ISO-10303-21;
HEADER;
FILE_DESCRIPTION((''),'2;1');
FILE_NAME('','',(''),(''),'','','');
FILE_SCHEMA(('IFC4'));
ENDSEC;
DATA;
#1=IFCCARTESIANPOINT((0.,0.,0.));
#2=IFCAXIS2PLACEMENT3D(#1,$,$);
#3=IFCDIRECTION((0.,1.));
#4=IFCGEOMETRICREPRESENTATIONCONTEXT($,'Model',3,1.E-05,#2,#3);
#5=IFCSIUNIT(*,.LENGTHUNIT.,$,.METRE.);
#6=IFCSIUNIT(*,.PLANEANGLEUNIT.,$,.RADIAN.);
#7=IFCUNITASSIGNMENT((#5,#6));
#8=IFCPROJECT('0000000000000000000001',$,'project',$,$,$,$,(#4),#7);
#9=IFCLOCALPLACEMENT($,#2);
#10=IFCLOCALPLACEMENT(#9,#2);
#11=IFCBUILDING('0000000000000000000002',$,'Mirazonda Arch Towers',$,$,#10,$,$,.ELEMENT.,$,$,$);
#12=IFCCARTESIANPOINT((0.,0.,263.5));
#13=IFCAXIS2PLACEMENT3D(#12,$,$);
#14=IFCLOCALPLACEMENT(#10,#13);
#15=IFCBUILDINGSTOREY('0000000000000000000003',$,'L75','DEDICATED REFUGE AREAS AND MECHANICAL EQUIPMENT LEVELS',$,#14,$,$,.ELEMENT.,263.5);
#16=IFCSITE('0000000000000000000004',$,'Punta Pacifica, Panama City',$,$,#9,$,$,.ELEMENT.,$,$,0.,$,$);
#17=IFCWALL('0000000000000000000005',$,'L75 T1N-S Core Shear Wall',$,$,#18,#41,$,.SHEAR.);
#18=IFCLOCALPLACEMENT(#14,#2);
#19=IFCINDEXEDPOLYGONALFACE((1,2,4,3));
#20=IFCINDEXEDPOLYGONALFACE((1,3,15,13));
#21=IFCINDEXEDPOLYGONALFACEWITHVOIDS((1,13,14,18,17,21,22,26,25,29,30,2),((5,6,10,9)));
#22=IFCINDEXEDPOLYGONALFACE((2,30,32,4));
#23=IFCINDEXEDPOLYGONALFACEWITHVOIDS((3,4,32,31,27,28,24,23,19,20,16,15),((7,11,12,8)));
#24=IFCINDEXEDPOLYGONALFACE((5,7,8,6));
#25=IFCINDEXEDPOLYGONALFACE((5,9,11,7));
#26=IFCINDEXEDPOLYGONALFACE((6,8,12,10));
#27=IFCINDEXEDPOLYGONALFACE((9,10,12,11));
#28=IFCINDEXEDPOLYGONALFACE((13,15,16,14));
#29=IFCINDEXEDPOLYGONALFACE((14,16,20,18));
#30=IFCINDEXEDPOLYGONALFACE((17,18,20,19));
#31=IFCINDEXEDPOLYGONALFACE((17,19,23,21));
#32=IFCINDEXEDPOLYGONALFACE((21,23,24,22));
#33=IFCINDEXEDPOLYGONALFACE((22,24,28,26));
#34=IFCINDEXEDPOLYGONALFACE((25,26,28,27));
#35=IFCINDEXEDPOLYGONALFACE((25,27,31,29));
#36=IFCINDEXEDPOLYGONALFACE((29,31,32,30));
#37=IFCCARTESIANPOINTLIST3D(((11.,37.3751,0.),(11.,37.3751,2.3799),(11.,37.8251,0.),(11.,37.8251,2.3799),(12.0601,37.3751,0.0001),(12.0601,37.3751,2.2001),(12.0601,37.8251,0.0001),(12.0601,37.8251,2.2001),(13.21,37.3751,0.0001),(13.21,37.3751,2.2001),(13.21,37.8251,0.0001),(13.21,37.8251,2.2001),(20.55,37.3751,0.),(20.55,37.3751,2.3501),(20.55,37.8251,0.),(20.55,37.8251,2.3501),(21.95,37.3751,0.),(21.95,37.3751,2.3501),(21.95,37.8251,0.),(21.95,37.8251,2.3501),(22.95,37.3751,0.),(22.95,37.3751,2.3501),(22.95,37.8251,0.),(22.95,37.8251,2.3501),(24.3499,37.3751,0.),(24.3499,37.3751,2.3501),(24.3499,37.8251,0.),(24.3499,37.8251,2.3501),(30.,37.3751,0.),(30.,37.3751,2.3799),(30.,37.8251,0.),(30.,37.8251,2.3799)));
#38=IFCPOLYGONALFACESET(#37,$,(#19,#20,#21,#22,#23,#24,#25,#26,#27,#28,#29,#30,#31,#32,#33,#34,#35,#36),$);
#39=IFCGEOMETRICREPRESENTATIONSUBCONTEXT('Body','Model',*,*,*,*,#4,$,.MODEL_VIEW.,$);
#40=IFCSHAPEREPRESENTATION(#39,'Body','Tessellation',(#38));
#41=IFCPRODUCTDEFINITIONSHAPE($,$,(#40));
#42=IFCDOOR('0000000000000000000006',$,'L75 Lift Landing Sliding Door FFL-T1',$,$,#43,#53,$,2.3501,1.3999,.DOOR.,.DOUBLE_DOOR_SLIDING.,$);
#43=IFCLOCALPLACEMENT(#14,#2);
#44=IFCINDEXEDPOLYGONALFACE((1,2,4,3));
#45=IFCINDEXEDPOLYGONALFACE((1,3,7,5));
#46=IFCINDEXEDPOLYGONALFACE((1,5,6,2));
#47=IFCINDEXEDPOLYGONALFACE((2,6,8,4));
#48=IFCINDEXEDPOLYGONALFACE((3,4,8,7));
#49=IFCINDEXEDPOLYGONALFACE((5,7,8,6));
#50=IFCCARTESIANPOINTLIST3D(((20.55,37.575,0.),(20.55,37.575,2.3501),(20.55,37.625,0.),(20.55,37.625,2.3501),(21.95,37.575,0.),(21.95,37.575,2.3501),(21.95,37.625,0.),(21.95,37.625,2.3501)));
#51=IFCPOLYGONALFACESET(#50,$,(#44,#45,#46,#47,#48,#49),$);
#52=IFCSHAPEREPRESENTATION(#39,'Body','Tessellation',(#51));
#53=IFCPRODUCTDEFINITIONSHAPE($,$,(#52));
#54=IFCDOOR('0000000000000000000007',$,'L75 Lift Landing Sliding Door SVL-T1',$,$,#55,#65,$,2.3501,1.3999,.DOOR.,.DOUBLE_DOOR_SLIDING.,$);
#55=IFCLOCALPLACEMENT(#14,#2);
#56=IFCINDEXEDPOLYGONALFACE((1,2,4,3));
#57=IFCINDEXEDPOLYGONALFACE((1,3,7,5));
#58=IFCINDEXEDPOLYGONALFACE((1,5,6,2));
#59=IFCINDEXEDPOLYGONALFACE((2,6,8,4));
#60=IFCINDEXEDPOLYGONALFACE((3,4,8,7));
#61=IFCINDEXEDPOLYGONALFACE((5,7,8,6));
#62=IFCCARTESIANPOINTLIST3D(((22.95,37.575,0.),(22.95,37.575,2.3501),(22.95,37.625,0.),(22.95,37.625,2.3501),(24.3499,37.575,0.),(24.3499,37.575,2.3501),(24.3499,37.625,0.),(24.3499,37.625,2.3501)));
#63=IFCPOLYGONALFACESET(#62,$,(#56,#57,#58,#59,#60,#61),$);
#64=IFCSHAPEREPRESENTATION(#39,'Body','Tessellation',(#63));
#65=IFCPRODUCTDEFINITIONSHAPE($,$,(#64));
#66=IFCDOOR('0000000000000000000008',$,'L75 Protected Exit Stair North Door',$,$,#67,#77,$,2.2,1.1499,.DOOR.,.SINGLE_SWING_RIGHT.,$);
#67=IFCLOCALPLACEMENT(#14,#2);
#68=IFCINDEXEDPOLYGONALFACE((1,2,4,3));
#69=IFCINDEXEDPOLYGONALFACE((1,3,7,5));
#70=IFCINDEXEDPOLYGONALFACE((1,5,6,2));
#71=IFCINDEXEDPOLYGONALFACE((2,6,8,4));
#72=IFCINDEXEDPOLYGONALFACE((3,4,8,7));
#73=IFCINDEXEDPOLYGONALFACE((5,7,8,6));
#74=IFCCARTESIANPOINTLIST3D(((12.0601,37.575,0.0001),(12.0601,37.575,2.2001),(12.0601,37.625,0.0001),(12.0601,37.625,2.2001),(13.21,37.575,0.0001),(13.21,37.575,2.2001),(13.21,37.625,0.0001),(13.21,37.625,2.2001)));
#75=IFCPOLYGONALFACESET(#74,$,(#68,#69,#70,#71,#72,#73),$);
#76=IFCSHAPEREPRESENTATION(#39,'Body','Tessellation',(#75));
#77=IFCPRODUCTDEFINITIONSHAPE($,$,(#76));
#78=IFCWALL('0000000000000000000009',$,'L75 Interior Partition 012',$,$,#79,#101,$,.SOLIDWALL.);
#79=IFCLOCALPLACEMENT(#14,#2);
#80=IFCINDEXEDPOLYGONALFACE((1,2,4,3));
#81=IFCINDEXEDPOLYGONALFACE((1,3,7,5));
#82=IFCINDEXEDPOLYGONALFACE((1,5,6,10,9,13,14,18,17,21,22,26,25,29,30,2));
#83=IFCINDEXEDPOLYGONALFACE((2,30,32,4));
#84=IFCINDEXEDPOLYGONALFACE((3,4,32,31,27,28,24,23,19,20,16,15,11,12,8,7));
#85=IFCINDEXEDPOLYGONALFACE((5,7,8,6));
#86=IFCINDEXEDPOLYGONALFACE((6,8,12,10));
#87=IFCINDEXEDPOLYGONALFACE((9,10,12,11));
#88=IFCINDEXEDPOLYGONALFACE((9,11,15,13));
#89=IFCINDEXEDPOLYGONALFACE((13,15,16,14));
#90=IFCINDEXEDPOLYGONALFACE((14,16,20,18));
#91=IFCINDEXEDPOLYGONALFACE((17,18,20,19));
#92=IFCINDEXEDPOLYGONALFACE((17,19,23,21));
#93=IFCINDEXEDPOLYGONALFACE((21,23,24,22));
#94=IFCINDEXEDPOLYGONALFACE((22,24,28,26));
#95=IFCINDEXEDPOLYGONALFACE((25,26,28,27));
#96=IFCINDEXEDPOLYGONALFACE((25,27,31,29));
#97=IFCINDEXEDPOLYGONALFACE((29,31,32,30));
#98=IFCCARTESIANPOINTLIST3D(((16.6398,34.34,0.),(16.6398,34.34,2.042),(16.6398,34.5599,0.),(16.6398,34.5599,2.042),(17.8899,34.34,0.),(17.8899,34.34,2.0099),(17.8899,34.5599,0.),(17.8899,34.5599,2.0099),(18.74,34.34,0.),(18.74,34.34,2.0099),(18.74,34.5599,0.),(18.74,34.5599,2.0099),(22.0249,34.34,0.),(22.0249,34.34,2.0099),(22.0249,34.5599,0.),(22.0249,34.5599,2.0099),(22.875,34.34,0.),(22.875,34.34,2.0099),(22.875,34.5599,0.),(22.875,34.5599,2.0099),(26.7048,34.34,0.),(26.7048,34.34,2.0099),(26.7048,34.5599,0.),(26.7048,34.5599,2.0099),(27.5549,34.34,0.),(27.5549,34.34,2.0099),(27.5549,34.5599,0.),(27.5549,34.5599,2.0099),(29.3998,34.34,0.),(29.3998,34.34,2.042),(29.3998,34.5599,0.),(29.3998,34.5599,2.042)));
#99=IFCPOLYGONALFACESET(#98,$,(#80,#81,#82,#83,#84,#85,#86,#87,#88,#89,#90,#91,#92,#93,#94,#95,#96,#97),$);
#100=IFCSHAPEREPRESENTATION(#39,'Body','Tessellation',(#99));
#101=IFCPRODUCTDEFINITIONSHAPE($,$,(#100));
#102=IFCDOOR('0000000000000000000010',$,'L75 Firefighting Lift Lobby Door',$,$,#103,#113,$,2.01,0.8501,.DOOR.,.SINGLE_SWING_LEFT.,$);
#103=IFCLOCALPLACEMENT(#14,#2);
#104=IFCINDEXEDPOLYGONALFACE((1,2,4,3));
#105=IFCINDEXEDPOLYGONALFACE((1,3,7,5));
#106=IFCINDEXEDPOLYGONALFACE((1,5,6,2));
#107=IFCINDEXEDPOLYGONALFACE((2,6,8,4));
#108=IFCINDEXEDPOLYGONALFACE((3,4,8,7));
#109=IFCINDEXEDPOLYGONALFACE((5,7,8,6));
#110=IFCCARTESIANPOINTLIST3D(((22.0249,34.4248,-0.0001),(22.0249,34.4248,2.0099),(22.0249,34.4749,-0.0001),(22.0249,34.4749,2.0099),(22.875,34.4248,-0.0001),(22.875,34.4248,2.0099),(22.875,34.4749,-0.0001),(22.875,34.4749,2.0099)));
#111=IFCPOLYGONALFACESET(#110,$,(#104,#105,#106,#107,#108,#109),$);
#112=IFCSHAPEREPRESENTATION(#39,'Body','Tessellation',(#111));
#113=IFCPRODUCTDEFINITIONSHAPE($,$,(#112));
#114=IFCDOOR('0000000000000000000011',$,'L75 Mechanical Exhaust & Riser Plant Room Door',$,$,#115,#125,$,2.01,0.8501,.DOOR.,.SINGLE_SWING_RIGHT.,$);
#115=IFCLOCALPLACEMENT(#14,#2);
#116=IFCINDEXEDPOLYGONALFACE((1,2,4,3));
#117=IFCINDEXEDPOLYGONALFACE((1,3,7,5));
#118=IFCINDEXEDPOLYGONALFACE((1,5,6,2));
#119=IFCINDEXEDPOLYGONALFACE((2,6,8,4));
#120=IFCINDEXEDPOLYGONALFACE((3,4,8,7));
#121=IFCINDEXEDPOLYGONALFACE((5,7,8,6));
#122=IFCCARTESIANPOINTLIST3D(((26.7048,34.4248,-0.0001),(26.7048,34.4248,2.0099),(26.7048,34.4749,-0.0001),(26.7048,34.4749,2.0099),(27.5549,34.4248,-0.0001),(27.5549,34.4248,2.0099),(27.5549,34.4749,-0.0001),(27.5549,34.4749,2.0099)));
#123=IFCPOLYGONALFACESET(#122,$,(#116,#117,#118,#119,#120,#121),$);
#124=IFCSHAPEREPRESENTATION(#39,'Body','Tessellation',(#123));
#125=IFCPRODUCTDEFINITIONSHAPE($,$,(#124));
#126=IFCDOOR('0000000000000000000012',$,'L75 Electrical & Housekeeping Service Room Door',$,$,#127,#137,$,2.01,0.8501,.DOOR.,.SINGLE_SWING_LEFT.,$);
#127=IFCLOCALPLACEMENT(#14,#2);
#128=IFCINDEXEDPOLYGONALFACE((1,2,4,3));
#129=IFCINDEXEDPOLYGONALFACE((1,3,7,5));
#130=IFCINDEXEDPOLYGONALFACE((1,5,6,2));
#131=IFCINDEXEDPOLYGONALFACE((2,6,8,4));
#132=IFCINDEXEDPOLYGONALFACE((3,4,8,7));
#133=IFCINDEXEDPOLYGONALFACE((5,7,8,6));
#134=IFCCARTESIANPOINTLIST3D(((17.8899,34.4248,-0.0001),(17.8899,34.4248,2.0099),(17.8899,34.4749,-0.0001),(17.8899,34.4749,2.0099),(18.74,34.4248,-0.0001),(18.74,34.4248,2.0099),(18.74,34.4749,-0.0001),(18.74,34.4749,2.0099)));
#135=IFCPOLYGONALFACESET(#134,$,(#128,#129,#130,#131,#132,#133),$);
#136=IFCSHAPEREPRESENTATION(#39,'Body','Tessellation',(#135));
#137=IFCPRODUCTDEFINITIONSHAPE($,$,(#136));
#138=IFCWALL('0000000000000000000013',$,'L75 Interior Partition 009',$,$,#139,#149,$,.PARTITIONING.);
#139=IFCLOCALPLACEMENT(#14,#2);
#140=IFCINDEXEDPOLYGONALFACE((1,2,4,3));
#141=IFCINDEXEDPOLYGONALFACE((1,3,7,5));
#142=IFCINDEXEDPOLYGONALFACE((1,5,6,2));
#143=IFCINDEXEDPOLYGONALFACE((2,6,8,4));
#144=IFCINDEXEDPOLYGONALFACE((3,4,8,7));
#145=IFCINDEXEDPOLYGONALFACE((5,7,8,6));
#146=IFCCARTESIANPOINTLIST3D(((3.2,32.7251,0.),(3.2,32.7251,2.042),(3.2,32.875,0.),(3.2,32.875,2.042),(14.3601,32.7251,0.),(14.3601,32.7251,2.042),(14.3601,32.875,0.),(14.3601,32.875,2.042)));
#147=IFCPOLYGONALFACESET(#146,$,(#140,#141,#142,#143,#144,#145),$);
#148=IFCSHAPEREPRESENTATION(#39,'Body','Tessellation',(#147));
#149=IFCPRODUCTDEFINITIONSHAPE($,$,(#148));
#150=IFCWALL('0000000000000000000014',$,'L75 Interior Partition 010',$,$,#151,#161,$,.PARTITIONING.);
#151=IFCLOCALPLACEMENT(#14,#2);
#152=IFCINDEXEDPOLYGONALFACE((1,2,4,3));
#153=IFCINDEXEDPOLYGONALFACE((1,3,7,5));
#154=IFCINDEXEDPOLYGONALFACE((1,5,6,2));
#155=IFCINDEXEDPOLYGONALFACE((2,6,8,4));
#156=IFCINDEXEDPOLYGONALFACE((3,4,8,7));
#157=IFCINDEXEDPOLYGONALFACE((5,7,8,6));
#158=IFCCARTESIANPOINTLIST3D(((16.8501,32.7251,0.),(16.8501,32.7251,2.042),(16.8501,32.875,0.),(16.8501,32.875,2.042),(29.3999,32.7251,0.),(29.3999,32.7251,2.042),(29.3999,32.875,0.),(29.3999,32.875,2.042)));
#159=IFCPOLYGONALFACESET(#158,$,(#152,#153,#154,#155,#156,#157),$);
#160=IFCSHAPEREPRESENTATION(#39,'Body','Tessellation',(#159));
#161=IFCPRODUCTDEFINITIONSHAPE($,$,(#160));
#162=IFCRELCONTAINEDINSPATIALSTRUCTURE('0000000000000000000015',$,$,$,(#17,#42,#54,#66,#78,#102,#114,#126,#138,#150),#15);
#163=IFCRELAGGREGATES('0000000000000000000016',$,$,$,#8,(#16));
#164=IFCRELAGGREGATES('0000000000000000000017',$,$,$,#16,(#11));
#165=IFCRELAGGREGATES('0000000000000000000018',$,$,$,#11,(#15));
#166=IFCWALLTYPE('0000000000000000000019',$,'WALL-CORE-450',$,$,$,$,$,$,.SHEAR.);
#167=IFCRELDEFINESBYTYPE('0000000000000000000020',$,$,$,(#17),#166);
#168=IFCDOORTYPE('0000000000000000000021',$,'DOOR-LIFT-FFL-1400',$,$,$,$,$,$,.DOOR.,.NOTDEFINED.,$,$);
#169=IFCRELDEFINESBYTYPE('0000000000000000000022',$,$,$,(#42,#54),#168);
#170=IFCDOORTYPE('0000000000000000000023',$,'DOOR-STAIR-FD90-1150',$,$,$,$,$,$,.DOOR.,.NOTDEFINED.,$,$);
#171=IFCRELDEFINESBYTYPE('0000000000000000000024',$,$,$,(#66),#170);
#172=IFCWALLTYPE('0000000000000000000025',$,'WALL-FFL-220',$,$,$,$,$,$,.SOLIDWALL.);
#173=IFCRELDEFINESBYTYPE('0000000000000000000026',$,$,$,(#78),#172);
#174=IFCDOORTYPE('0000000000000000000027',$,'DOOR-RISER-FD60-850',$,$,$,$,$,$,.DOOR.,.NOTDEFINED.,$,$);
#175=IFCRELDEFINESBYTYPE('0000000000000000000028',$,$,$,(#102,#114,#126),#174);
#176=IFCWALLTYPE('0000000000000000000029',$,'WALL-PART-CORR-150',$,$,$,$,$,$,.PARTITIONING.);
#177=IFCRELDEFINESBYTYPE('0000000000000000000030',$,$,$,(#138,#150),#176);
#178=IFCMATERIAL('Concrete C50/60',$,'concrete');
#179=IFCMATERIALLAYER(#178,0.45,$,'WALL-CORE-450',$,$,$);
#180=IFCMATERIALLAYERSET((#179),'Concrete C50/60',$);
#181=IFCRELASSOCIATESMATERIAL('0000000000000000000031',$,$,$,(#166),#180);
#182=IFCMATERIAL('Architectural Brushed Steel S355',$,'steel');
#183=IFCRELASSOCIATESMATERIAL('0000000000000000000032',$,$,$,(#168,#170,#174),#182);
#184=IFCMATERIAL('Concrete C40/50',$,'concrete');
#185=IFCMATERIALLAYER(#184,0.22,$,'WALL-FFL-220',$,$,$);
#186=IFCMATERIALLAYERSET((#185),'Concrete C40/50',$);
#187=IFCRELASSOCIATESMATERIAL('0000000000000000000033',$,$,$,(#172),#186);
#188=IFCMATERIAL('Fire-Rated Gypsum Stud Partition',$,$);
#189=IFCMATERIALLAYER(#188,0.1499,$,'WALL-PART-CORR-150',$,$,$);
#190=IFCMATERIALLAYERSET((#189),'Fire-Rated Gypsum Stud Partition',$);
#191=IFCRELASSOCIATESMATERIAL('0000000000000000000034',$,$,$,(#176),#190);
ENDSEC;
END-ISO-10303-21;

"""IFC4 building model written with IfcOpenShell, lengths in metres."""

from ifc_helpers import new_model, si_unit, direction, frame, frame_2d, origin, place, context, subcontext, project, spatial, rectangle, extrude, material, layer, layer_set, type_object, element, fill, save


model = new_model("IFC4")

# Units and contexts
model_context = context("Model", 3, precision=1e-05, world=origin(), true_north=direction((0.0, 1.0)))
body_context = subcontext(model_context, "Body", "Model", "MODEL_VIEW")
ifc_project = project(units=[si_unit("LENGTHUNIT", "METRE"), si_unit("PLANEANGLEUNIT", "RADIAN")], contexts=[model_context])

# Site, building, storey
site_placement = place(None, origin())
site = spatial("IfcSite", under=ifc_project, at=site_placement, Name="Punta Pacifica, Panama City", CompositionType="ELEMENT", RefElevation=0.0)
building_placement = place(site_placement, origin())
building = spatial("IfcBuilding", under=site, at=building_placement, Name="Mirazonda Arch Towers", CompositionType="ELEMENT")
storey_placement = place(building_placement, frame((0.0, 0.0, 263.5)))
storey = spatial("IfcBuildingStorey", under=building, at=storey_placement, Name="L75", Description="DEDICATED REFUGE AREAS AND MECHANICAL EQUIPMENT LEVELS", CompositionType="ELEMENT", Elevation=263.5)

# Shared definitions
ifc_material_1 = material(Name="Concrete C50/60", Category="concrete")

# Shared definitions
ifc_layer_1 = layer(ifc_material_1, 0.45, Name="WALL-CORE-450")
ifc_layer_set_1 = layer_set([ifc_layer_1], Name="Concrete C50/60")
wall_type_1 = type_object("IfcWallType", Name="WALL-CORE-450", PredefinedType="SHEAR", material=ifc_layer_set_1)

# Walls, openings, doors
wall_1_placement = place(storey_placement, frame((11.0, 37.6001, 0.0), z_axis=(0.0, 0.0, 1.0), x_axis=(1.0, 0.0, 0.0)))
wall_1 = element("IfcWall", 1, at=wall_1_placement, inside=storey, type_object=wall_type_1, Name="L75 T1N-S Core Shear Wall", PredefinedType="SHEAR", context=body_context, shape_type="SweptSolid", body=[
    extrude(rectangle(XDim=19.0, YDim=0.45, at=frame_2d((9.5, 0.0))), origin(), (0.0, 0.0, 1.0), 2.3799),
])
opening_1_placement = place(wall_1_placement, frame((1.0601, 0.0, 0.0)))
opening_1 = element("IfcOpeningElement", 2, at=opening_1_placement, cuts=wall_1, PredefinedType="OPENING", context=body_context, shape_type="SweptSolid", body=[
    extrude(rectangle(XDim=1.1499, YDim=2.2, at=frame_2d((0.575, 1.1001))), frame((0.0, 0.2349, 0.0), z_axis=(0.0, -1.0, 0.0), x_axis=(1.0, 0.0, 0.0)), (0.0, 0.0, 1.0), 0.47),
])
opening_2_placement = place(wall_1_placement, frame((9.55, 0.0, 0.0)))
opening_2 = element("IfcOpeningElement", 3, at=opening_2_placement, cuts=wall_1, PredefinedType="OPENING", context=body_context, shape_type="SweptSolid", body=[
    extrude(rectangle(XDim=1.3999, YDim=2.3501, at=frame_2d((0.7, 1.175))), frame((0.0, 0.2349, 0.0), z_axis=(0.0, -1.0, 0.0), x_axis=(1.0, 0.0, 0.0)), (0.0, 0.0, 1.0), 0.47),
])
opening_3_placement = place(wall_1_placement, frame((11.95, 0.0, 0.0)))
opening_3 = element("IfcOpeningElement", 4, at=opening_3_placement, cuts=wall_1, PredefinedType="OPENING", context=body_context, shape_type="SweptSolid", body=[
    extrude(rectangle(XDim=1.3999, YDim=2.3501, at=frame_2d((0.7, 1.175))), frame((0.0, 0.2349, 0.0), z_axis=(0.0, -1.0, 0.0), x_axis=(1.0, 0.0, 0.0)), (0.0, 0.0, 1.0), 0.47),
])
ifc_material_2 = material(Name="Architectural Brushed Steel S355", Category="steel")
door_type_1 = type_object("IfcDoorType", Name="DOOR-LIFT-FFL-1400", OperationType="NOTDEFINED", PredefinedType="DOOR", material=ifc_material_2)
door_1_placement = place(opening_2_placement, origin())
door_1 = element("IfcDoor", 5, at=door_1_placement, inside=storey, type_object=door_type_1, Name="L75 Lift Landing Sliding Door FFL-T1", OperationType="DOUBLE_DOOR_SLIDING", OverallHeight=2.3501, OverallWidth=1.3999, PredefinedType="DOOR", context=body_context, shape_type="SweptSolid", body=[
    extrude(rectangle(XDim=1.3999, YDim=2.3501, at=frame_2d((0.7, 1.175))), frame((0.0, 0.0249, 0.0), z_axis=(0.0, -1.0, 0.0), x_axis=(1.0, 0.0, 0.0)), (0.0, 0.0, 1.0), 0.05),
])
fill(opening_2, door_1)
door_2_placement = place(opening_3_placement, origin())
door_2 = element("IfcDoor", 6, at=door_2_placement, inside=storey, type_object=door_type_1, Name="L75 Lift Landing Sliding Door SVL-T1", OperationType="DOUBLE_DOOR_SLIDING", OverallHeight=2.3501, OverallWidth=1.3999, PredefinedType="DOOR", context=body_context, shape_type="SweptSolid", body=[
    extrude(rectangle(XDim=1.3999, YDim=2.3501, at=frame_2d((0.7, 1.175))), frame((0.0, 0.0249, 0.0), z_axis=(0.0, -1.0, 0.0), x_axis=(1.0, 0.0, 0.0)), (0.0, 0.0, 1.0), 0.05),
])
fill(opening_3, door_2)
door_type_2 = type_object("IfcDoorType", Name="DOOR-STAIR-FD90-1150", OperationType="NOTDEFINED", PredefinedType="DOOR", material=ifc_material_2)
door_3_placement = place(opening_1_placement, origin())
door_3 = element("IfcDoor", 7, at=door_3_placement, inside=storey, type_object=door_type_2, Name="L75 Protected Exit Stair North Door", OperationType="SINGLE_SWING_RIGHT", OverallHeight=2.2, OverallWidth=1.1499, PredefinedType="DOOR", context=body_context, shape_type="SweptSolid", body=[
    extrude(rectangle(XDim=1.1499, YDim=2.2, at=frame_2d((0.575, 1.1001))), frame((0.0, 0.0249, 0.0), z_axis=(0.0, -1.0, 0.0), x_axis=(1.0, 0.0, 0.0)), (0.0, 0.0, 1.0), 0.05),
])
fill(opening_1, door_3)
ifc_material_3 = material(Name="Concrete C40/50", Category="concrete")
ifc_layer_2 = layer(ifc_material_3, 0.22, Name="WALL-FFL-220")
ifc_layer_set_2 = layer_set([ifc_layer_2], Name="Concrete C40/50")
wall_type_2 = type_object("IfcWallType", Name="WALL-FFL-220", PredefinedType="SOLIDWALL", material=ifc_layer_set_2)
wall_2_placement = place(storey_placement, frame((16.6399, 34.45, 0.0), z_axis=(0.0, 0.0, 1.0), x_axis=(1.0, 0.0, 0.0)))
wall_2 = element("IfcWall", 8, at=wall_2_placement, inside=storey, type_object=wall_type_2, Name="L75 Interior Partition 012", PredefinedType="SOLIDWALL", context=body_context, shape_type="SweptSolid", body=[
    extrude(rectangle(XDim=12.76, YDim=0.22, at=frame_2d((6.3799, 0.0))), origin(), (0.0, 0.0, 1.0), 2.042),
])
opening_4_placement = place(wall_2_placement, frame((5.385, 0.0, 0.0)))
opening_4 = element("IfcOpeningElement", 9, at=opening_4_placement, cuts=wall_2, PredefinedType="OPENING", context=body_context, shape_type="SweptSolid", body=[
    extrude(rectangle(XDim=0.8501, YDim=2.01, at=frame_2d((0.425, 1.0049))), frame((0.0, 0.1199, 0.0), z_axis=(0.0, -1.0, 0.0), x_axis=(1.0, 0.0, 0.0)), (0.0, 0.0, 1.0), 0.24),
])
opening_5_placement = place(wall_2_placement, frame((10.0649, 0.0, 0.0)))
opening_5 = element("IfcOpeningElement", 10, at=opening_5_placement, cuts=wall_2, PredefinedType="OPENING", context=body_context, shape_type="SweptSolid", body=[
    extrude(rectangle(XDim=0.8501, YDim=2.01, at=frame_2d((0.425, 1.0049))), frame((0.0, 0.1199, 0.0), z_axis=(0.0, -1.0, 0.0), x_axis=(1.0, 0.0, 0.0)), (0.0, 0.0, 1.0), 0.24),
])
opening_6_placement = place(wall_2_placement, frame((1.25, 0.0, 0.0)))
opening_6 = element("IfcOpeningElement", 11, at=opening_6_placement, cuts=wall_2, PredefinedType="OPENING", context=body_context, shape_type="SweptSolid", body=[
    extrude(rectangle(XDim=0.8501, YDim=2.01, at=frame_2d((0.425, 1.0049))), frame((0.0, 0.1199, 0.0), z_axis=(0.0, -1.0, 0.0), x_axis=(1.0, 0.0, 0.0)), (0.0, 0.0, 1.0), 0.24),
])
door_type_3 = type_object("IfcDoorType", Name="DOOR-RISER-FD60-850", OperationType="NOTDEFINED", PredefinedType="DOOR", material=ifc_material_2)
door_4_placement = place(opening_4_placement, origin())
door_4 = element("IfcDoor", 12, at=door_4_placement, inside=storey, type_object=door_type_3, Name="L75 Firefighting Lift Lobby Door", OperationType="SINGLE_SWING_LEFT", OverallHeight=2.01, OverallWidth=0.8501, PredefinedType="DOOR", context=body_context, shape_type="SweptSolid", body=[
    extrude(rectangle(XDim=0.8501, YDim=2.01, at=frame_2d((0.425, 1.0049))), frame((0.0, 0.0249, 0.0), z_axis=(0.0, -1.0, 0.0), x_axis=(1.0, 0.0, 0.0)), (0.0, 0.0, 1.0), 0.05),
])
fill(opening_4, door_4)
door_5_placement = place(opening_5_placement, origin())
door_5 = element("IfcDoor", 13, at=door_5_placement, inside=storey, type_object=door_type_3, Name="L75 Mechanical Exhaust & Riser Plant Room Door", OperationType="SINGLE_SWING_RIGHT", OverallHeight=2.01, OverallWidth=0.8501, PredefinedType="DOOR", context=body_context, shape_type="SweptSolid", body=[
    extrude(rectangle(XDim=0.8501, YDim=2.01, at=frame_2d((0.425, 1.0049))), frame((0.0, 0.0249, 0.0), z_axis=(0.0, -1.0, 0.0), x_axis=(1.0, 0.0, 0.0)), (0.0, 0.0, 1.0), 0.05),
])
fill(opening_5, door_5)
door_6_placement = place(opening_6_placement, origin())
door_6 = element("IfcDoor", 14, at=door_6_placement, inside=storey, type_object=door_type_3, Name="L75 Electrical & Housekeeping Service Room Door", OperationType="SINGLE_SWING_LEFT", OverallHeight=2.01, OverallWidth=0.8501, PredefinedType="DOOR", context=body_context, shape_type="SweptSolid", body=[
    extrude(rectangle(XDim=0.8501, YDim=2.01, at=frame_2d((0.425, 1.0049))), frame((0.0, 0.0249, 0.0), z_axis=(0.0, -1.0, 0.0), x_axis=(1.0, 0.0, 0.0)), (0.0, 0.0, 1.0), 0.05),
])
fill(opening_6, door_6)

# Walls
ifc_material_4 = material(Name="Fire-Rated Gypsum Stud Partition")
ifc_layer_3 = layer(ifc_material_4, 0.1499, Name="WALL-PART-CORR-150")
ifc_layer_set_3 = layer_set([ifc_layer_3], Name="Fire-Rated Gypsum Stud Partition")
wall_type_3 = type_object("IfcWallType", Name="WALL-PART-CORR-150", PredefinedType="PARTITIONING", material=ifc_layer_set_3)
wall_3_placement = place(storey_placement, frame((3.2, 32.8, 0.0), z_axis=(0.0, 0.0, 1.0), x_axis=(1.0, 0.0, 0.0)))
element("IfcWall", 15, at=wall_3_placement, inside=storey, type_object=wall_type_3, Name="L75 Interior Partition 009", PredefinedType="PARTITIONING", context=body_context, shape_type="SweptSolid", body=[
    extrude(rectangle(XDim=11.1602, YDim=0.1499, at=frame_2d((5.5801, 0.0))), origin(), (0.0, 0.0, 1.0), 2.042),
])
wall_4_placement = place(storey_placement, frame((16.8501, 32.8, 0.0), z_axis=(0.0, 0.0, 1.0), x_axis=(1.0, 0.0, 0.0)))
element("IfcWall", 16, at=wall_4_placement, inside=storey, type_object=wall_type_3, Name="L75 Interior Partition 010", PredefinedType="PARTITIONING", context=body_context, shape_type="SweptSolid", body=[
    extrude(rectangle(XDim=12.5498, YDim=0.1499, at=frame_2d((6.2749, 0.0))), origin(), (0.0, 0.0, 1.0), 2.042),
])

save(model, "model.ifc")
